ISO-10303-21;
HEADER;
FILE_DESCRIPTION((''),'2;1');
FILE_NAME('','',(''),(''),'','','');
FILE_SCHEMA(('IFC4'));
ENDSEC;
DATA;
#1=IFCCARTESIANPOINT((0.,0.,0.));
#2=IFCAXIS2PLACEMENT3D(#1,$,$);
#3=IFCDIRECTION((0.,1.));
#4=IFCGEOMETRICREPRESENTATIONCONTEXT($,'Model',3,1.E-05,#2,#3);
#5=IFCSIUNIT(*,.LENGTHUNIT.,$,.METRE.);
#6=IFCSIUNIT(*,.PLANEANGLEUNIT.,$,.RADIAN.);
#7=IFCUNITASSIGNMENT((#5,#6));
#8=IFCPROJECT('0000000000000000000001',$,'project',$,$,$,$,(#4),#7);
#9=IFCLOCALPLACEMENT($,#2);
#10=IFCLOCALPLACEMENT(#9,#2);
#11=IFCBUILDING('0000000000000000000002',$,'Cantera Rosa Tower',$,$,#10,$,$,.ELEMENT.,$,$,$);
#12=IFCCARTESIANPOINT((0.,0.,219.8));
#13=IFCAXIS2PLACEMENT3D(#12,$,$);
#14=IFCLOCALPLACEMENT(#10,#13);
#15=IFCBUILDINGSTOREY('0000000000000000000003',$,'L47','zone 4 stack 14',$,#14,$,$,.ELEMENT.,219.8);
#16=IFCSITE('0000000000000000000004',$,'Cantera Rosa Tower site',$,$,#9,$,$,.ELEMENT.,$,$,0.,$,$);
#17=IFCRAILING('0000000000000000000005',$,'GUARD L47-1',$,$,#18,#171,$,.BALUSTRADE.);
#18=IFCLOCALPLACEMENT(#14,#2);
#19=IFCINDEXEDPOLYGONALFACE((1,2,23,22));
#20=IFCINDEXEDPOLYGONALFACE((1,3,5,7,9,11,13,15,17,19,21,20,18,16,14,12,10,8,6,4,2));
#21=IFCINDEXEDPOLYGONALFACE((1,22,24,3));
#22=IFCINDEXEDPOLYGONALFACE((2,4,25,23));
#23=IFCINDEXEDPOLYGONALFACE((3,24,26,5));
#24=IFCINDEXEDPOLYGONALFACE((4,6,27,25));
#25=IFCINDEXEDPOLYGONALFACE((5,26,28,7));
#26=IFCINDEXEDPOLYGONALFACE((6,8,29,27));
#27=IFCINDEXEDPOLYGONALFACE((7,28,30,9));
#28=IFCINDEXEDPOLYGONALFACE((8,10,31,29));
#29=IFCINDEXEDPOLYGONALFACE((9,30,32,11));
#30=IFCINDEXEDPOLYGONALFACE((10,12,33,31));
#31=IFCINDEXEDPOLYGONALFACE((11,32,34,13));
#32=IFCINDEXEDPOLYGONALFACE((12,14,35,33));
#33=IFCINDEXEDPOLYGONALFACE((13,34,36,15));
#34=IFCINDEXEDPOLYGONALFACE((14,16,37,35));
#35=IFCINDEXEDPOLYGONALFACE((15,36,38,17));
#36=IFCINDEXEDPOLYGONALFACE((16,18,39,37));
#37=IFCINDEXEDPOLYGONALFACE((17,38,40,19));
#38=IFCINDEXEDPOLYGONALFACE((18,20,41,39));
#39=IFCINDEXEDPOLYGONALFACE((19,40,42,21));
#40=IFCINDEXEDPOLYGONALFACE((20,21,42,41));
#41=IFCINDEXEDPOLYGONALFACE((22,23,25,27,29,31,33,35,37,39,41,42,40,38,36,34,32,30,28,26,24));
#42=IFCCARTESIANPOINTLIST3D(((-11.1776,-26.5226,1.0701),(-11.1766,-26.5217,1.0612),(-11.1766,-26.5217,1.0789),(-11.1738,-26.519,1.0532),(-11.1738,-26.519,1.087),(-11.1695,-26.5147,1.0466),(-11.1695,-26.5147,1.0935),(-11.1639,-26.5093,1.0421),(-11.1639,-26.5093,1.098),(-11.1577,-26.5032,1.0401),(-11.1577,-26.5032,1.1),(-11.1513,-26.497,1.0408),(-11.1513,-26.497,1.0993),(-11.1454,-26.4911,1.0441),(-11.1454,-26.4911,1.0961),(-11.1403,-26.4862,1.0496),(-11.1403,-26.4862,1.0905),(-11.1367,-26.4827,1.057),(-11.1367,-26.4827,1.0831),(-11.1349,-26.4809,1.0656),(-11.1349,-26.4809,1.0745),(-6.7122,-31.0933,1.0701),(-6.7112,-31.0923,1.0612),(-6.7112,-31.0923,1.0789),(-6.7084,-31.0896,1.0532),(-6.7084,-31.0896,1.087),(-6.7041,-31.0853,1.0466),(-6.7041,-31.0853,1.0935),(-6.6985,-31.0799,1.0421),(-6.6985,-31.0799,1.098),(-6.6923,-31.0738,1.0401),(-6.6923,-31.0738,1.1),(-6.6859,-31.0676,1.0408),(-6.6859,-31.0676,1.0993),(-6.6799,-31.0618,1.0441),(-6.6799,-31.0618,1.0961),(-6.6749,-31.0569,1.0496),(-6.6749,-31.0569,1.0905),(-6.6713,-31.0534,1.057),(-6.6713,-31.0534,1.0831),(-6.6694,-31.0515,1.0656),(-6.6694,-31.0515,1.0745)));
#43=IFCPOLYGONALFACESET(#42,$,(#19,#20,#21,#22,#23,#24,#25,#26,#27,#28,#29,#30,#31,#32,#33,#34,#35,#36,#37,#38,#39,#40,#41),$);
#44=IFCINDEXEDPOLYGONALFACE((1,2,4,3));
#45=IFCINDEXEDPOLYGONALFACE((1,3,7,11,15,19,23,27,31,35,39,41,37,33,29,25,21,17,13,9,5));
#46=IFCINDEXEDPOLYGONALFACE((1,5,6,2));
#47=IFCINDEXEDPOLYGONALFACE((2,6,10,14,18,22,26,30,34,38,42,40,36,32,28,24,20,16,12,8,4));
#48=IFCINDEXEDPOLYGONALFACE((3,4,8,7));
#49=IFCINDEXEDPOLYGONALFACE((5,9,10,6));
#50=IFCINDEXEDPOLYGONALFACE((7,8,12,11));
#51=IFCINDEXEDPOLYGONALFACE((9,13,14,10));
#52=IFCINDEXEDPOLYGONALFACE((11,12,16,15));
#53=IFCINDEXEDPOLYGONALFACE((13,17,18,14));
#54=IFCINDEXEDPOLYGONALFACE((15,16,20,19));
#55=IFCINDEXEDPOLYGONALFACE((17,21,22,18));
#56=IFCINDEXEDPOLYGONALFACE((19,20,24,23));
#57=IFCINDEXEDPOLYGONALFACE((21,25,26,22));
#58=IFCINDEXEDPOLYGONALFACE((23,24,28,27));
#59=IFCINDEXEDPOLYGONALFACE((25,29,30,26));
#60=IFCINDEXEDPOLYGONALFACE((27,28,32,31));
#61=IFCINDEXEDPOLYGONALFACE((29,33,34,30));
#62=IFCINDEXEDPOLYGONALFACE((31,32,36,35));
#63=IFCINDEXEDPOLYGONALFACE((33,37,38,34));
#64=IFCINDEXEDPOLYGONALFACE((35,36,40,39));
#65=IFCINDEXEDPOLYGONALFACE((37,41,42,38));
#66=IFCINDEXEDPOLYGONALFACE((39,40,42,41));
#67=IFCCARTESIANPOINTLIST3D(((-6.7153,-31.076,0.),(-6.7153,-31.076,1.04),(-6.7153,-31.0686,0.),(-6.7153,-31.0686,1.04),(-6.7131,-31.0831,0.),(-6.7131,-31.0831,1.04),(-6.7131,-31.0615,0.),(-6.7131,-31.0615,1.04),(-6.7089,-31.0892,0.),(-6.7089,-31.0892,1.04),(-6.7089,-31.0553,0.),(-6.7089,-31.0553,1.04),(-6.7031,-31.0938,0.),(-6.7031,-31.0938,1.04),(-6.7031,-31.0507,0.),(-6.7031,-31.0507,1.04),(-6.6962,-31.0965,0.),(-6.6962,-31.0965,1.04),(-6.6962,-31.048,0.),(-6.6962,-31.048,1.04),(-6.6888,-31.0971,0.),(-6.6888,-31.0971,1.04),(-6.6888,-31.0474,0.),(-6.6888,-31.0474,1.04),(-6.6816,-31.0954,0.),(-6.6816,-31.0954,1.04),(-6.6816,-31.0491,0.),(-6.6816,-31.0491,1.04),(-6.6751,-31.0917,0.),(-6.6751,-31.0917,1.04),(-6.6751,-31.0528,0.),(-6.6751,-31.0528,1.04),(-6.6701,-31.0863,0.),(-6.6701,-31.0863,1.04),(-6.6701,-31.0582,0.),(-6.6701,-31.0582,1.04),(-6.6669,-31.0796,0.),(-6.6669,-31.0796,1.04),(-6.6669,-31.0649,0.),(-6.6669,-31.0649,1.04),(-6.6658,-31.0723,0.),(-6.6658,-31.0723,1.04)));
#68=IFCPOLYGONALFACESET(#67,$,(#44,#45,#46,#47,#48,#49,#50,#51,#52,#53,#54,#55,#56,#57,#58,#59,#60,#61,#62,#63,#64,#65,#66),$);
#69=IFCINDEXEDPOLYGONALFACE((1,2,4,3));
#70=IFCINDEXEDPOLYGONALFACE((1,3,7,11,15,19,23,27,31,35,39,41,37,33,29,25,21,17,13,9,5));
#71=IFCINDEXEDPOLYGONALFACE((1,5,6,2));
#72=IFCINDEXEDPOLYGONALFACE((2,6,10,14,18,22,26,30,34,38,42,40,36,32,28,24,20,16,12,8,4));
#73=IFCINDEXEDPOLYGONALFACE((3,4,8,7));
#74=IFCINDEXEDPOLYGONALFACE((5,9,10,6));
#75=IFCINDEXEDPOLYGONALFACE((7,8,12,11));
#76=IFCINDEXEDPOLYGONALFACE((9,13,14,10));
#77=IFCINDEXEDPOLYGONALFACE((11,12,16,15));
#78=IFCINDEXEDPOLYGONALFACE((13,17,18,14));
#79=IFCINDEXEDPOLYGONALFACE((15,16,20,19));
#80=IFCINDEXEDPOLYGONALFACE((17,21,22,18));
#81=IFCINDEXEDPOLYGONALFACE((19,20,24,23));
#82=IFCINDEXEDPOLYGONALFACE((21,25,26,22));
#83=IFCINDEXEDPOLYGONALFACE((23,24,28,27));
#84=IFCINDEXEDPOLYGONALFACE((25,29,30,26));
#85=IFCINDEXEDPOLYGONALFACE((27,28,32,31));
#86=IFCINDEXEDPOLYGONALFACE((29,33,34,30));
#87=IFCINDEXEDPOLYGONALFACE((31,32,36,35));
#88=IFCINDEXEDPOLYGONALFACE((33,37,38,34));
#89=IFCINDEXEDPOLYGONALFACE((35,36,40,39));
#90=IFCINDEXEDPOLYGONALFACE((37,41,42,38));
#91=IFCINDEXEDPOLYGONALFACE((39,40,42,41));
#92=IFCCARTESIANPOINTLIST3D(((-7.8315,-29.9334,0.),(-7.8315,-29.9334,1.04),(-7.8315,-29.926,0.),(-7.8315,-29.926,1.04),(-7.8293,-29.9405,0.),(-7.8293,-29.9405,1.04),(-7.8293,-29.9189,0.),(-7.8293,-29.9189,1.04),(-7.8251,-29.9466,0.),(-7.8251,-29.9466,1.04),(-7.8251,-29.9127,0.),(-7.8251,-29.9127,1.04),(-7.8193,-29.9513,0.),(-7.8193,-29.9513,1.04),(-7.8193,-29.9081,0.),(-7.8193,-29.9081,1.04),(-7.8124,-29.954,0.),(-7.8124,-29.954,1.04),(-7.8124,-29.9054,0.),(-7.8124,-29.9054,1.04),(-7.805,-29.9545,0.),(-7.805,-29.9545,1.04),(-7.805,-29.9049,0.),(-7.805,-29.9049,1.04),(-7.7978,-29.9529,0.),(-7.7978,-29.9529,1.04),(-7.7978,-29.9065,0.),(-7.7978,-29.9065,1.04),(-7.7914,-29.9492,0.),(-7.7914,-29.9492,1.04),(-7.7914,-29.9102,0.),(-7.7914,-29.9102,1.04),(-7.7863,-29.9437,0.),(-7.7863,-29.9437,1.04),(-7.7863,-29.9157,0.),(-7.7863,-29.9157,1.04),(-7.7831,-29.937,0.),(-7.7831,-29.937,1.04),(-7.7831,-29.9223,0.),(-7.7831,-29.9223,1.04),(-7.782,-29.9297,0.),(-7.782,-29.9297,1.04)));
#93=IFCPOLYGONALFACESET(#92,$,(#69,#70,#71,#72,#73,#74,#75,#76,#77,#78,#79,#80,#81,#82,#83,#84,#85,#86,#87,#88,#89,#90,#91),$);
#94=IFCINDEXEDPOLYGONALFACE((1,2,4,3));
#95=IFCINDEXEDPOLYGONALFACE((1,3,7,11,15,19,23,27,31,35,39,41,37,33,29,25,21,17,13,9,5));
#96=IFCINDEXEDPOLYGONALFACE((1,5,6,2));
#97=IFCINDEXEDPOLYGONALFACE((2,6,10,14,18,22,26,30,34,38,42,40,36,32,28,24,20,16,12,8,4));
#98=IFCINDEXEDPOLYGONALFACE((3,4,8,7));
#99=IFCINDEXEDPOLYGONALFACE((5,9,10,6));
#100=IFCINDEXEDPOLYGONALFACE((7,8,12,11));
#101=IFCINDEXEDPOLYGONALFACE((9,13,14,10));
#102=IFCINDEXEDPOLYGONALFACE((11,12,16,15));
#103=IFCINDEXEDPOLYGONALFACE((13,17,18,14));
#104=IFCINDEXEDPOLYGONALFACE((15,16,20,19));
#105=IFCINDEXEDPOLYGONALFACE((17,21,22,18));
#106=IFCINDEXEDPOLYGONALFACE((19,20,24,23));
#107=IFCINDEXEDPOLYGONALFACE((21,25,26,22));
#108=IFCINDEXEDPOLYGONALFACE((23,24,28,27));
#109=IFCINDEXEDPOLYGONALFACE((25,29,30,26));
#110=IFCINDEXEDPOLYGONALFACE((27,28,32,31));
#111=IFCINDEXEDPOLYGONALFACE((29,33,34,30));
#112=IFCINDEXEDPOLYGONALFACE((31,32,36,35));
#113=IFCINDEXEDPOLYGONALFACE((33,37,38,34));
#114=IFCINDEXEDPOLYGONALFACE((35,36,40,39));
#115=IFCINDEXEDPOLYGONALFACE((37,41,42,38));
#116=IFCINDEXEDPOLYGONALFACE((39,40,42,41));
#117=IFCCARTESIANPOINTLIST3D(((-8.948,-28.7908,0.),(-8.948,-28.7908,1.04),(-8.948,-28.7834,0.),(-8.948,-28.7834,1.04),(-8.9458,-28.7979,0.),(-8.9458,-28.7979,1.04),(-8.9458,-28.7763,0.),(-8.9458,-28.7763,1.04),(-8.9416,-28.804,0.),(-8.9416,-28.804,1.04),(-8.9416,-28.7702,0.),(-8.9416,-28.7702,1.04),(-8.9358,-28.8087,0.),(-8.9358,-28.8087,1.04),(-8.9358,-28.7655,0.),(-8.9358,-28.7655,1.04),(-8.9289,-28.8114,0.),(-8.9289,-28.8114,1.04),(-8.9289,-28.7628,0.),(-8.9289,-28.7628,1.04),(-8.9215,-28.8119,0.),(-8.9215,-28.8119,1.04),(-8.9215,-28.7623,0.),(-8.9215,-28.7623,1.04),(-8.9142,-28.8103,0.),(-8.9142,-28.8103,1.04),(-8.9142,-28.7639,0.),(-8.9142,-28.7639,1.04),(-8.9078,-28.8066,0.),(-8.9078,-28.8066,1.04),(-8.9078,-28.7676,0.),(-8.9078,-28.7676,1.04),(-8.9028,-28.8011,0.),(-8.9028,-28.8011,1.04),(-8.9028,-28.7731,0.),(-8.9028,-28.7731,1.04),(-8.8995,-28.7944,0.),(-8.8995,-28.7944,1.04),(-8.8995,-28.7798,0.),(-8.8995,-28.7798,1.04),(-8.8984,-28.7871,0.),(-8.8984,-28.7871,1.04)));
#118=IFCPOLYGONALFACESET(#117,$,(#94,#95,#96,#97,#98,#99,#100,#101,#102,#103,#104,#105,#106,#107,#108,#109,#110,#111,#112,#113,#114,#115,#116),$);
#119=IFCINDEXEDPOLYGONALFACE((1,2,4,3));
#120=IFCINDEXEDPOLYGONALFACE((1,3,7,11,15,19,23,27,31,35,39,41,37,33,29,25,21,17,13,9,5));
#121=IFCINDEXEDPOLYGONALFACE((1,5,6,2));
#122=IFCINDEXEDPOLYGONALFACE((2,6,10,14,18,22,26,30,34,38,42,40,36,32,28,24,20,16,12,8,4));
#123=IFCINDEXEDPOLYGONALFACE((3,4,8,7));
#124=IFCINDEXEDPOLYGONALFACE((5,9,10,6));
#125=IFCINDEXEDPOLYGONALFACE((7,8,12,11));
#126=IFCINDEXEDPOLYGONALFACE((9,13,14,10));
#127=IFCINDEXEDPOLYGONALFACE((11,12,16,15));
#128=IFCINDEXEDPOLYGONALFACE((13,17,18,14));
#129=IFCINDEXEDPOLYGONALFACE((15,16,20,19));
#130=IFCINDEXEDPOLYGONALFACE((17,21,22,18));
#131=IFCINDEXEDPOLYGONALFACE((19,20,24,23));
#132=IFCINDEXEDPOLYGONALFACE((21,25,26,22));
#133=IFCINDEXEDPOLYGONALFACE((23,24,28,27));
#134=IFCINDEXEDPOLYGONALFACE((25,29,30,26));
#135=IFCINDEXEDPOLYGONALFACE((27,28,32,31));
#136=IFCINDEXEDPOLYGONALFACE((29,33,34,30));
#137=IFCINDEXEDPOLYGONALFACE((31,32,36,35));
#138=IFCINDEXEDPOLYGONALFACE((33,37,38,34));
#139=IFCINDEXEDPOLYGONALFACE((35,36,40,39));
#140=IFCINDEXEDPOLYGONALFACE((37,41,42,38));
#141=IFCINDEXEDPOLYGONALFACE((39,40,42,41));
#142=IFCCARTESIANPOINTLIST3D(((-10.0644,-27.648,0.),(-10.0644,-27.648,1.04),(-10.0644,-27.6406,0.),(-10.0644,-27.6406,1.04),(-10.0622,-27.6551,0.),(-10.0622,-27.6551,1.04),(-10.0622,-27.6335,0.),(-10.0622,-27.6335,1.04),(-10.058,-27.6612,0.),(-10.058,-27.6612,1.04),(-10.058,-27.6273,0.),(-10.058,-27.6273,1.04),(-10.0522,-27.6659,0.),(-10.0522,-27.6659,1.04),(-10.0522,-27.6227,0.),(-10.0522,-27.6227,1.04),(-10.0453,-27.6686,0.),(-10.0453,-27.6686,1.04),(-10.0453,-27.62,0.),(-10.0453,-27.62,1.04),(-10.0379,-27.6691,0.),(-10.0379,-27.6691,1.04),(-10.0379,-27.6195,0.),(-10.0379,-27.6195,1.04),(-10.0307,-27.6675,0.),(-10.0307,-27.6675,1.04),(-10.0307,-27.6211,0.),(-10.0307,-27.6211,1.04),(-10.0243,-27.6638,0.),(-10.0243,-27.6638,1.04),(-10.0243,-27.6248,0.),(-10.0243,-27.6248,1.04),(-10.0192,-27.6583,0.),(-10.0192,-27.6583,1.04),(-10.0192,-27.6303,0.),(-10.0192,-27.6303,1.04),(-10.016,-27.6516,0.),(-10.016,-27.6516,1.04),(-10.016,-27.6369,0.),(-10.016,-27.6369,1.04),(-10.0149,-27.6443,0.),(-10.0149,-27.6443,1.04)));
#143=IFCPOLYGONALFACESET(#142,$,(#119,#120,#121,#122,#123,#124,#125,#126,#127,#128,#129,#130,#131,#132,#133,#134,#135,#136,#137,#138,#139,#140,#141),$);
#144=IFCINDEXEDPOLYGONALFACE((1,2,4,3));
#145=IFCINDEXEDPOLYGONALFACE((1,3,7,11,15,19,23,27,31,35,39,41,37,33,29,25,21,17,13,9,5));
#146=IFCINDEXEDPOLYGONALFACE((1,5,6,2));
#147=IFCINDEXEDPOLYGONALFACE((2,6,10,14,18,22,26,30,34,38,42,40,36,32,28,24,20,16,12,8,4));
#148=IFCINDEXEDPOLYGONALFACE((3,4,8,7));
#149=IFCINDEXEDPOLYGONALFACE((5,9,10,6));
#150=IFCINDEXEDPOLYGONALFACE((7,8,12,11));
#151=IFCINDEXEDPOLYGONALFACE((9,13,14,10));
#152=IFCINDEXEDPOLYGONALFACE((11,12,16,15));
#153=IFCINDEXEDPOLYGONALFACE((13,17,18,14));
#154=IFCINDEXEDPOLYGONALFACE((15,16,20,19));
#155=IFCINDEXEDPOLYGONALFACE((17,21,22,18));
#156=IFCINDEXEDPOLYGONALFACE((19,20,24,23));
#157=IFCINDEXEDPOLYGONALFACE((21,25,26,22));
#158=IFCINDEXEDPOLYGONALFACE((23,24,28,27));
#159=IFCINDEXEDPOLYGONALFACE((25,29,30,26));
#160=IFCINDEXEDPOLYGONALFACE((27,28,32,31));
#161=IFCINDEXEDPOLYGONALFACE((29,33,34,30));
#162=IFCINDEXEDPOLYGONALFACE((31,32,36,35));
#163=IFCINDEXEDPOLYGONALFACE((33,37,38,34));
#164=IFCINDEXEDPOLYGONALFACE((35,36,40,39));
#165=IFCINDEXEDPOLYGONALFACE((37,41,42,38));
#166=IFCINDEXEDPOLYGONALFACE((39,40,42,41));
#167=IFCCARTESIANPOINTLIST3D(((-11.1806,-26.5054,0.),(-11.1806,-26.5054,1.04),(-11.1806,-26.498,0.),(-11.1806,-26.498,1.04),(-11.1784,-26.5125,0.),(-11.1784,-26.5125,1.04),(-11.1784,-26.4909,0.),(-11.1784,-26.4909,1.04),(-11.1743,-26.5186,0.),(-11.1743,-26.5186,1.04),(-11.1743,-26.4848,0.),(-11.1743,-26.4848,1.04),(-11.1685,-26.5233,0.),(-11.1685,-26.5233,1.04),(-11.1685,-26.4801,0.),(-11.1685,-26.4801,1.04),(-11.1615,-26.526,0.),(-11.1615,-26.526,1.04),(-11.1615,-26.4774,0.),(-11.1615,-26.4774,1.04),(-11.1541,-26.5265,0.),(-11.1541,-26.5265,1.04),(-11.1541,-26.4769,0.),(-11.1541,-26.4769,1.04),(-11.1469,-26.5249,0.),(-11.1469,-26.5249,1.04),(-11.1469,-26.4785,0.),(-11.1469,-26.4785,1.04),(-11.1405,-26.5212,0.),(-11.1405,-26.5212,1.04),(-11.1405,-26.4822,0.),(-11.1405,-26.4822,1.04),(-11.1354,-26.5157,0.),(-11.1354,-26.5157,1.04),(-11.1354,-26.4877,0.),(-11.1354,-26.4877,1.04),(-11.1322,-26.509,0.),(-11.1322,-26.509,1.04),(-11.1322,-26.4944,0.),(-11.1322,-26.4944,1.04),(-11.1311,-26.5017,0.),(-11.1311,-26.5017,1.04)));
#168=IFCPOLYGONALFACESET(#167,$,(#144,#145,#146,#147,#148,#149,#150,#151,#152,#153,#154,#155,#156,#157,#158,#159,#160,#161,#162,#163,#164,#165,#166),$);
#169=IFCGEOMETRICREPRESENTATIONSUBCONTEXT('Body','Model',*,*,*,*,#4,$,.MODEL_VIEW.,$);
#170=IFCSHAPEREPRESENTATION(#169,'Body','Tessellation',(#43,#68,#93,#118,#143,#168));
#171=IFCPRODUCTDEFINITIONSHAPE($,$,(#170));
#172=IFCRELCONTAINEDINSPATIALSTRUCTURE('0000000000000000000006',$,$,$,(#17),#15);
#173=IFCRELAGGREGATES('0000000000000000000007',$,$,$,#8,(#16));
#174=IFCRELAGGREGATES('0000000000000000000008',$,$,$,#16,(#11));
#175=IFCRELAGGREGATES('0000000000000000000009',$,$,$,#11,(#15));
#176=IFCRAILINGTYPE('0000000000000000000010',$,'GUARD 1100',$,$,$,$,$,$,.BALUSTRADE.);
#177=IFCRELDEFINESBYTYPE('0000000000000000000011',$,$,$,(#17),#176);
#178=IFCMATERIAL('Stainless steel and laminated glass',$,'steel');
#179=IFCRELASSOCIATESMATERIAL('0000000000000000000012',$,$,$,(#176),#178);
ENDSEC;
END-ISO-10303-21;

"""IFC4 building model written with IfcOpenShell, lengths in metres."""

from ifc_helpers import new_model, si_unit, direction, frame, origin, origin_2d, place, context, subcontext, project, spatial, circle, extrude, material, type_object, element, save


model = new_model("IFC4")

# Units and contexts
model_context = context("Model", 3, precision=1e-05, world=origin(), true_north=direction((0.0, 1.0)))
body_context = subcontext(model_context, "Body", "Model", "MODEL_VIEW")
ifc_project = project(units=[si_unit("LENGTHUNIT", "METRE"), si_unit("PLANEANGLEUNIT", "RADIAN")], contexts=[model_context])

# Site, building, storey
site_placement = place(None, origin())
site = spatial("IfcSite", under=ifc_project, at=site_placement, Name="Cantera Rosa Tower site", CompositionType="ELEMENT", RefElevation=0.0)
building_placement = place(site_placement, origin())
building = spatial("IfcBuilding", under=site, at=building_placement, Name="Cantera Rosa Tower", CompositionType="ELEMENT")
storey_placement = place(building_placement, frame((0.0, 0.0, 219.8)))
storey = spatial("IfcBuildingStorey", under=building, at=storey_placement, Name="L47", Description="zone 4 stack 14", CompositionType="ELEMENT", Elevation=219.8)

# Railing
ifc_material_1 = material(Name="Stainless steel and laminated glass", Category="steel")
railing_type = type_object("IfcRailingType", Name="GUARD 1100", PredefinedType="BALUSTRADE", material=ifc_material_1)
railing_placement = place(storey_placement, frame((-6.6907, -31.0723, 0.0)))
element("IfcRailing", 1, at=railing_placement, inside=storey, type_object=railing_type, Name="GUARD L47-1", PredefinedType="BALUSTRADE", context=body_context, shape_type="SweptSolid", body=[
    extrude(circle(Radius=0.03, at=origin_2d()), frame((0.0, 0.0, 1.0701), z_axis=(-0.698825, 0.715293, 0.0), x_axis=(-0.715293, -0.698825, 0.0)), (0.0, 0.0, 1.0), 6.3899),
    extrude(circle(Radius=0.0249, at=origin_2d()), origin(), (0.0, 0.0, 1.0), 1.04),
    extrude(circle(Radius=0.0249, at=origin_2d()), frame((-1.1162, 1.1426, 0.0)), (0.0, 0.0, 1.0), 1.04),
    extrude(circle(Radius=0.0249, at=origin_2d()), frame((-2.2327, 2.2852, 0.0)), (0.0, 0.0, 1.0), 1.04),
    extrude(circle(Radius=0.0249, at=origin_2d()), frame((-3.3491, 3.428, 0.0)), (0.0, 0.0, 1.0), 1.04),
    extrude(circle(Radius=0.0249, at=origin_2d()), frame((-4.4653, 4.5706, 0.0)), (0.0, 0.0, 1.0), 1.04),
])

save(model, "model.ifc")
